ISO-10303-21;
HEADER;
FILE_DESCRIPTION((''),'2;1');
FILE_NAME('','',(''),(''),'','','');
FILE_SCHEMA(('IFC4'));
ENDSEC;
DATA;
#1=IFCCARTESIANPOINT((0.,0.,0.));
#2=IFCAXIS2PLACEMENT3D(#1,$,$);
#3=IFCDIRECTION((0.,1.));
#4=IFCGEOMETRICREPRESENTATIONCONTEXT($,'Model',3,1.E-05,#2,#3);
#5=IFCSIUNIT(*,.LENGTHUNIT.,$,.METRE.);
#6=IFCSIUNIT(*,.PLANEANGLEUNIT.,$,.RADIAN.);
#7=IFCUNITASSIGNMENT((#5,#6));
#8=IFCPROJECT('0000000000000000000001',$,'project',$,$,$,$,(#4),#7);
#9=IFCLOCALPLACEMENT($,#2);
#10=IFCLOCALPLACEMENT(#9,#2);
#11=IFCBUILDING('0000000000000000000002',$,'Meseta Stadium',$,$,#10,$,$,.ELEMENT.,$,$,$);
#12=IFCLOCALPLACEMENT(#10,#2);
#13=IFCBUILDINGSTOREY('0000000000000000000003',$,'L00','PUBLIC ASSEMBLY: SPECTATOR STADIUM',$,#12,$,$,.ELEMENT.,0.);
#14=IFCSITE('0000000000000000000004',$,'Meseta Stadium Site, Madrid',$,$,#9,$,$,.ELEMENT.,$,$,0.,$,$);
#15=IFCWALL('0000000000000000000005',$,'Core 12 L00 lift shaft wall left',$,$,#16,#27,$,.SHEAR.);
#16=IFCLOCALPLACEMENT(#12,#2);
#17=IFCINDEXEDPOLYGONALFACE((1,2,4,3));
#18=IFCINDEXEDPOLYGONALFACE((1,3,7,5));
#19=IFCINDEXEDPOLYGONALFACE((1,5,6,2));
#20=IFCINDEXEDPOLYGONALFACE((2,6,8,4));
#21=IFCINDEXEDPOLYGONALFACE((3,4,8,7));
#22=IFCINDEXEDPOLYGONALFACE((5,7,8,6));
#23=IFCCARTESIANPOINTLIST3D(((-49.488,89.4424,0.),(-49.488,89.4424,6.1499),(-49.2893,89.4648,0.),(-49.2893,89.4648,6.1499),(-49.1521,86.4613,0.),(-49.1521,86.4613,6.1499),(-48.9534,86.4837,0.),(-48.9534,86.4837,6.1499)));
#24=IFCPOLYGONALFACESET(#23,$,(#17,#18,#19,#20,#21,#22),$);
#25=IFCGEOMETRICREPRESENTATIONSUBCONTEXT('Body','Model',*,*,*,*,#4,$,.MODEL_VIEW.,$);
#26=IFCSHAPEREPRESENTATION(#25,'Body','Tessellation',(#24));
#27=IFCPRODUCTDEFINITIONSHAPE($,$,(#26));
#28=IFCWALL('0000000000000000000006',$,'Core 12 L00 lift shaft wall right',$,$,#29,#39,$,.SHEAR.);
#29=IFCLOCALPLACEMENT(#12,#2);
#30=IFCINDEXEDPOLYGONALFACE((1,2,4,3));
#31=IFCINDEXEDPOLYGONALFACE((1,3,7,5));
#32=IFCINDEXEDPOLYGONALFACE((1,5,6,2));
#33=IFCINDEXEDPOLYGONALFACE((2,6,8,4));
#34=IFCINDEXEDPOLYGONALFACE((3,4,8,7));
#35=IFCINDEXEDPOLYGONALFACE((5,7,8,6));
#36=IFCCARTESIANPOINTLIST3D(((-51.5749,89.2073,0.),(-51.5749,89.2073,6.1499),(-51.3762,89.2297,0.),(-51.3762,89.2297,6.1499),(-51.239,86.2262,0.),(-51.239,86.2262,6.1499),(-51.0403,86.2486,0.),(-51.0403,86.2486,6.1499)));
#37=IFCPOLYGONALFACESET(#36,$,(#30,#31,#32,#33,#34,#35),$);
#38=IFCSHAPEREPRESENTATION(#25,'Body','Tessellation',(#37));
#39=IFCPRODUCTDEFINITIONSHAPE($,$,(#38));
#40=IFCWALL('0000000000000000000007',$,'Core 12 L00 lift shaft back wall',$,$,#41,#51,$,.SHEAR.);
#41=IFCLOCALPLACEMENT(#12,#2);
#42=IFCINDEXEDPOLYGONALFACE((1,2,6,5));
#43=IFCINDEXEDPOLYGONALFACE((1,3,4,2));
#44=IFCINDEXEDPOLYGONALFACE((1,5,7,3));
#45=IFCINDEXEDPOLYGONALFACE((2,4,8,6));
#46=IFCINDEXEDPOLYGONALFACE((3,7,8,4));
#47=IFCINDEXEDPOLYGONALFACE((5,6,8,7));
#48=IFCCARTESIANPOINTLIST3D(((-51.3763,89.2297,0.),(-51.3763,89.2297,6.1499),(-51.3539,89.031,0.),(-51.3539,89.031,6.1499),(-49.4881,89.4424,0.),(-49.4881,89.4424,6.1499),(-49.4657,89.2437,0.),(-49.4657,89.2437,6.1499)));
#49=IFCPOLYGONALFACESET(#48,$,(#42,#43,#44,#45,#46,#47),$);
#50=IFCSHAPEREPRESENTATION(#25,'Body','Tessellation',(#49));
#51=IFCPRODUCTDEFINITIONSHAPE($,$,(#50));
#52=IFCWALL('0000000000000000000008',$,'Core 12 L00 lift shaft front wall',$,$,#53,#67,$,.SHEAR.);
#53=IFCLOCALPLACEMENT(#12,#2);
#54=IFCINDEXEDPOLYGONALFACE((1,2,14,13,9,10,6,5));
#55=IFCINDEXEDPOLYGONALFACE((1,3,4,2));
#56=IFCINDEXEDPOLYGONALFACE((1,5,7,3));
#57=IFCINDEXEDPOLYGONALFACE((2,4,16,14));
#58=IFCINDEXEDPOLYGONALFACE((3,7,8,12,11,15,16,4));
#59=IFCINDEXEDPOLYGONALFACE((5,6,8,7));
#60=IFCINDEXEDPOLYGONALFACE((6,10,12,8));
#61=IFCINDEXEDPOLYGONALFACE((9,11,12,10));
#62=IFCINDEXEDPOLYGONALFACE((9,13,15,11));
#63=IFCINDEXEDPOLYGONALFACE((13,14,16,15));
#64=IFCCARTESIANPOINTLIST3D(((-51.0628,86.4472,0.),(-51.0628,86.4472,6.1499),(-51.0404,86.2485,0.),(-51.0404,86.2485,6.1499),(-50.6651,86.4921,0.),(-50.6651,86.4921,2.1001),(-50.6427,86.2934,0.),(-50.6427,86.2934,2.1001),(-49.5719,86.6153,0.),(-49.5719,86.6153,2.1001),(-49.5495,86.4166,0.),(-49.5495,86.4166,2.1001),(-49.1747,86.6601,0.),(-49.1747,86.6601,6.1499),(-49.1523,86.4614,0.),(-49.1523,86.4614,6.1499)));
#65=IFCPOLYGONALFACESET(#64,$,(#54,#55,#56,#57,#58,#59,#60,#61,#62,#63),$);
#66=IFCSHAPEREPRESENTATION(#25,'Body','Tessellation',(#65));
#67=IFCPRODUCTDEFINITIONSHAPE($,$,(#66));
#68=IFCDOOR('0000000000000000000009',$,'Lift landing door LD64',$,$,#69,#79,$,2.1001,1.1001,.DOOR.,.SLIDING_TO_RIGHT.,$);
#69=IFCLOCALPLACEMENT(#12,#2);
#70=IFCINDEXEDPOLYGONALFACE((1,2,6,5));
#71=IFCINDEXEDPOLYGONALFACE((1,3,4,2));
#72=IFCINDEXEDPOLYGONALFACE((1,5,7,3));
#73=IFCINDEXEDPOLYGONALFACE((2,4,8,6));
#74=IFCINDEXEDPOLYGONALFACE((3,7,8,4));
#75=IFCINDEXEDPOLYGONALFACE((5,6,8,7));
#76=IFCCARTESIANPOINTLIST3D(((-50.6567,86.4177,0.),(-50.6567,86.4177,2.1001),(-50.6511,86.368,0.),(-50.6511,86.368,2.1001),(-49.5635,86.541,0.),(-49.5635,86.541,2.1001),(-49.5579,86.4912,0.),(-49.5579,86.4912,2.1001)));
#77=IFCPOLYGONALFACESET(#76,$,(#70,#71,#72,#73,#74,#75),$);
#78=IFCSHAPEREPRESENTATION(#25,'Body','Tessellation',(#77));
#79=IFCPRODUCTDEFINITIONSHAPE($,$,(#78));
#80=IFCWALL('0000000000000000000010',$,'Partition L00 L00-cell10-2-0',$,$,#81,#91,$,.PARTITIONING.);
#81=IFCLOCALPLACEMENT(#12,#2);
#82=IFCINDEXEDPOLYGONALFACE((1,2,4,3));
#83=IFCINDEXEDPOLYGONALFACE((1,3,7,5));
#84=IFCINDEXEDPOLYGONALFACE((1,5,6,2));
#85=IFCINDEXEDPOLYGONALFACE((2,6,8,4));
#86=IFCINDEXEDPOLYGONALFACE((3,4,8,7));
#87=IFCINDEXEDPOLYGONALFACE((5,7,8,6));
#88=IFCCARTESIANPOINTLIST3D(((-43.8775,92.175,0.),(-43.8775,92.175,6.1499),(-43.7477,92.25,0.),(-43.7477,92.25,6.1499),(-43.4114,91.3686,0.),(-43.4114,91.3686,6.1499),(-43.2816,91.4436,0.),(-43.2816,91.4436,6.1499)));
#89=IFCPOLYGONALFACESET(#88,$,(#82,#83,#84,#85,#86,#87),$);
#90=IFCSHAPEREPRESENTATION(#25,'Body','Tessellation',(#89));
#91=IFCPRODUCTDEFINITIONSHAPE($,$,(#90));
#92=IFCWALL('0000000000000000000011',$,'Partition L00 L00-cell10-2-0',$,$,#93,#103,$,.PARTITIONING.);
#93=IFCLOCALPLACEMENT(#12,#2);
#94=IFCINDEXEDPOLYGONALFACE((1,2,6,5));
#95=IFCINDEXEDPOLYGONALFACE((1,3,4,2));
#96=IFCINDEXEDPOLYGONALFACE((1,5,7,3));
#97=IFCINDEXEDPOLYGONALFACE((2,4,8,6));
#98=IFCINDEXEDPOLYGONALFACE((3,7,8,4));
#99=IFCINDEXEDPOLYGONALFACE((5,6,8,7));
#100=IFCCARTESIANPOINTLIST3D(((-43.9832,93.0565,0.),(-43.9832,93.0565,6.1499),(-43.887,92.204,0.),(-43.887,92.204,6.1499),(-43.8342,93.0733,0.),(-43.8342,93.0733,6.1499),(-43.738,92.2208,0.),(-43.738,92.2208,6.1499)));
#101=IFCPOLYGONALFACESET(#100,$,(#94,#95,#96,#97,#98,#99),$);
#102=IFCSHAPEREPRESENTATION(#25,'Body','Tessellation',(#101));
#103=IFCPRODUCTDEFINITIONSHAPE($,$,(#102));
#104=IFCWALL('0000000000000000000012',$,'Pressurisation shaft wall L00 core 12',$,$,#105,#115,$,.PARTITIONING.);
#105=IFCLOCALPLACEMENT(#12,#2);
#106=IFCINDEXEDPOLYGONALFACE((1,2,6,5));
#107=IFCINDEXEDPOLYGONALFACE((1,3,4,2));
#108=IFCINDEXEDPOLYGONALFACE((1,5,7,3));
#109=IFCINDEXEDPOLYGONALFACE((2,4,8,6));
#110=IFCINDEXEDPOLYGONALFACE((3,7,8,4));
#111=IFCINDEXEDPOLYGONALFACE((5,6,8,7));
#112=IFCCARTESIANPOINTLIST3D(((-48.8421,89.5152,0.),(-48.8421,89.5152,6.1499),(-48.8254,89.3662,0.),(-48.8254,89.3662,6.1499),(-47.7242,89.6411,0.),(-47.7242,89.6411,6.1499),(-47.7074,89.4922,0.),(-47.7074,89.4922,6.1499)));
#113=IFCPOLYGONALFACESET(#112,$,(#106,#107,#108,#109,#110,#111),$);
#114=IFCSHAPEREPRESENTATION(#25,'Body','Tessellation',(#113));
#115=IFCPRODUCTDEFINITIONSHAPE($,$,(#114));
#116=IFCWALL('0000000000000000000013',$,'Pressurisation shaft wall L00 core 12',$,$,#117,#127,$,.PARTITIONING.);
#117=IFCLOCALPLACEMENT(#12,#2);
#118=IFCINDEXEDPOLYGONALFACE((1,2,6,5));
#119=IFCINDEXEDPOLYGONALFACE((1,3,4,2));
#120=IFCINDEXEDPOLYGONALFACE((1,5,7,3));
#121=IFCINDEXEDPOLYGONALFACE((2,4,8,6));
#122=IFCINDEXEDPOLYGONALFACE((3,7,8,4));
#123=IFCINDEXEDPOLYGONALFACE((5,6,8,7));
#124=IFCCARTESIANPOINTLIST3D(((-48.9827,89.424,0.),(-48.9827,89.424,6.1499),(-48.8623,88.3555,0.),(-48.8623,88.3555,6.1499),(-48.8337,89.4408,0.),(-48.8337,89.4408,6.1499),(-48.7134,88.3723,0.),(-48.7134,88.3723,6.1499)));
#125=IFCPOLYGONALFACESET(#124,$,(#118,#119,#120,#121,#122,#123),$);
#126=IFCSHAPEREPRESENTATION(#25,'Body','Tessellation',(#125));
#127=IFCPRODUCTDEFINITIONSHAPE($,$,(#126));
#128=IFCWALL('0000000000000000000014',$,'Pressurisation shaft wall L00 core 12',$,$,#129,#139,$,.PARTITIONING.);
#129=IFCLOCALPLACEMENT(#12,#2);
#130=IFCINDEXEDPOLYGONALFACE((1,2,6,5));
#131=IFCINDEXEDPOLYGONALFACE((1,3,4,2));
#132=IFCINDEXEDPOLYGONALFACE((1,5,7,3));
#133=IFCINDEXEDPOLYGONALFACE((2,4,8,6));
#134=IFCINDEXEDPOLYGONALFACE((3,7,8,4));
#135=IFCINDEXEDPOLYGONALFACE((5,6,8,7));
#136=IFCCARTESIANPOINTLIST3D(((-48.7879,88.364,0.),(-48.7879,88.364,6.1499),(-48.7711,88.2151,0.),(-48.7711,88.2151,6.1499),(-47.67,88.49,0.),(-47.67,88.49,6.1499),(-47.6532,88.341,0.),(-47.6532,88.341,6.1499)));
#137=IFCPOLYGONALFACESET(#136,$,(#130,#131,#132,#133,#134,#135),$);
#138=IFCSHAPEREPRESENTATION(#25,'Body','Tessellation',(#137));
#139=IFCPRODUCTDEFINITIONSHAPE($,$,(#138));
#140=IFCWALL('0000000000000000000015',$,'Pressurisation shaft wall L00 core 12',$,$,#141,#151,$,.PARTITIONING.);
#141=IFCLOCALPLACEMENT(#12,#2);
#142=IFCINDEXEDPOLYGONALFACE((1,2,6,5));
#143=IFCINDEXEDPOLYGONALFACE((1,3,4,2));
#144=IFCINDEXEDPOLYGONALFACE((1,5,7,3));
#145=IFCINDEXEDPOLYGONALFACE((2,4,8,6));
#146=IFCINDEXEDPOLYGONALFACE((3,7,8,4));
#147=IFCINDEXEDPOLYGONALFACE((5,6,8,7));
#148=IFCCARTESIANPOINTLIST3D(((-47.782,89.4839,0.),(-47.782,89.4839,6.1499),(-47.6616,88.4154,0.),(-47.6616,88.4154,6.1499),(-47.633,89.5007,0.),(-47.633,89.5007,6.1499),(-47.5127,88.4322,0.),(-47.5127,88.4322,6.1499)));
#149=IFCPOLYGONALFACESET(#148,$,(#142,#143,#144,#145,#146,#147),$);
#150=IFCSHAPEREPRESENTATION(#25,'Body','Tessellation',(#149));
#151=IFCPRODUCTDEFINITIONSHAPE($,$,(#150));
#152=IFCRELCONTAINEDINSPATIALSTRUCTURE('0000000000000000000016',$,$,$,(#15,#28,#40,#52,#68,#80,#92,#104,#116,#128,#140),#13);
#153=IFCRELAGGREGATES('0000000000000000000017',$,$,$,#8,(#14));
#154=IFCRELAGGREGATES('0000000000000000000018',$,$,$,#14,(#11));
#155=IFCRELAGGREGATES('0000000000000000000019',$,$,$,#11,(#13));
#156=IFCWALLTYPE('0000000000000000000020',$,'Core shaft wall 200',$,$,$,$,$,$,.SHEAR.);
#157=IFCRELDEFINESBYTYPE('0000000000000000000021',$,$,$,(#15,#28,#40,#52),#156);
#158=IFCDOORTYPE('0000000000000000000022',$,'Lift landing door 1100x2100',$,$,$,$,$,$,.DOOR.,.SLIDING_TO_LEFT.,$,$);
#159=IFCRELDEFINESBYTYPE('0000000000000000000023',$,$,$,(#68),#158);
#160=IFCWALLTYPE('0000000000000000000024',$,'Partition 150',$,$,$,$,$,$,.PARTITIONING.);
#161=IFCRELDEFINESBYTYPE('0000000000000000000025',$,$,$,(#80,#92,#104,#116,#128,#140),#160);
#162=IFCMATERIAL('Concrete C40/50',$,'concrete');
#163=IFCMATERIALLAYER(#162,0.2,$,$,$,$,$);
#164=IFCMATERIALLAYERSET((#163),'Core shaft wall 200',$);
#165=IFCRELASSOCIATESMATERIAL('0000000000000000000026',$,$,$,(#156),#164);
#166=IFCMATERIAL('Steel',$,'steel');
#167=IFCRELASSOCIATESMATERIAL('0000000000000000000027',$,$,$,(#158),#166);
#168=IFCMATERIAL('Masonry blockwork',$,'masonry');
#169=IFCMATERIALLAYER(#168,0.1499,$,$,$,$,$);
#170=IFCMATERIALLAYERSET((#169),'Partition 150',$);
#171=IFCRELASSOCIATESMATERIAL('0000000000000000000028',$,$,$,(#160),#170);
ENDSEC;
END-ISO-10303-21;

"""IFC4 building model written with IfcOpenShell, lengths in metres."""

from ifc_helpers import new_model, si_unit, direction, frame, frame_2d, origin, place, context, subcontext, project, spatial, rectangle, extrude, material, layer, layer_set, type_object, element, fill, save


model = new_model("IFC4")

# Units and contexts
model_context = context("Model", 3, precision=1e-05, world=origin(), true_north=direction((0.0, 1.0)))
body_context = subcontext(model_context, "Body", "Model", "MODEL_VIEW")
ifc_project = project(units=[si_unit("LENGTHUNIT", "METRE"), si_unit("PLANEANGLEUNIT", "RADIAN")], contexts=[model_context])

# Site, building, storey
site_placement = place(None, origin())
site = spatial("IfcSite", under=ifc_project, at=site_placement, Name="Meseta Stadium Site, Madrid", CompositionType="ELEMENT", RefElevation=0.0)
building_placement = place(site_placement, origin())
building = spatial("IfcBuilding", under=site, at=building_placement, Name="Meseta Stadium", CompositionType="ELEMENT")
storey_placement = place(building_placement, origin())
storey = spatial("IfcBuildingStorey", under=building, at=storey_placement, Name="L00", Description="PUBLIC ASSEMBLY: SPECTATOR STADIUM", CompositionType="ELEMENT", Elevation=0.0)

# Shared definitions
ifc_material_1 = material(Name="Concrete C40/50", Category="concrete")
ifc_layer_1 = layer(ifc_material_1, 0.2)
ifc_layer_set_1 = layer_set([ifc_layer_1], Name="Core shaft wall 200")
wall_type_1 = type_object("IfcWallType", Name="Core shaft wall 200", PredefinedType="SHEAR", material=ifc_layer_set_1)

# Walls
for number, where, z_axis, x_axis, name in (
    (1, (-49.3887, 89.4536, 0.0), (0.0, 0.0, 1.0), (0.111977, -0.993711, 0.0), "Core 12 L00 lift shaft wall left"),
    (2, (-51.4756, 89.2185, 0.0), (0.0, 0.0, 1.0), (0.111977, -0.993711, 0.0), "Core 12 L00 lift shaft wall right"),
):
    element("IfcWall", number, at=place(storey_placement, frame(where, z_axis=z_axis, x_axis=x_axis)), inside=storey, type_object=wall_type_1, Name=name, PredefinedType="SHEAR", context=body_context, shape_type="SweptSolid", body=[
        extrude(rectangle(XDim=3.0, YDim=0.2, at=frame_2d((1.5, 0.0))), origin(), (0.0, 0.0, 1.0), 6.1499),
    ])
wall_1_placement = place(storey_placement, frame((-49.4768, 89.343, 0.0), z_axis=(0.0, 0.0, 1.0), x_axis=(-0.993718, -0.111912, 0.0)))
element("IfcWall", 3, at=wall_1_placement, inside=storey, type_object=wall_type_1, Name="Core 12 L00 lift shaft back wall", PredefinedType="SHEAR", context=body_context, shape_type="SweptSolid", body=[
    extrude(rectangle(XDim=1.9001, YDim=0.2, at=frame_2d((0.9502, 0.0))), origin(), (0.0, 0.0, 1.0), 6.1499),
])

# Wall, opening, door
wall_2_placement = place(storey_placement, frame((-49.1633, 86.5608, 0.0), z_axis=(0.0, 0.0, 1.0), x_axis=(-0.993704, -0.112039, 0.0)))
wall_2 = element("IfcWall", 4, at=wall_2_placement, inside=storey, type_object=wall_type_1, Name="Core 12 L00 lift shaft front wall", PredefinedType="SHEAR", context=body_context, shape_type="SweptSolid", body=[
    extrude(rectangle(XDim=1.9001, YDim=0.2, at=frame_2d((0.9502, 0.0))), origin(), (0.0, 0.0, 1.0), 6.1499),
])
opening_1_placement = place(wall_2_placement, frame((0.3999, 0.0, 0.0)))
opening_1 = element("IfcOpeningElement", 5, at=opening_1_placement, cuts=wall_2, PredefinedType="OPENING", context=body_context, shape_type="SweptSolid", body=[
    extrude(rectangle(XDim=1.1001, YDim=2.1001, at=frame_2d((0.55, 1.05))), frame((0.0, 0.1099, 0.0), z_axis=(0.0, -1.0, 0.0), x_axis=(1.0, 0.0, 0.0)), (0.0, 0.0, 1.0), 0.22),
])
ifc_material_2 = material(Name="Steel", Category="steel")
door_type_1 = type_object("IfcDoorType", Name="Lift landing door 1100x2100", OperationType="SLIDING_TO_LEFT", PredefinedType="DOOR", material=ifc_material_2)
door_1_placement = place(opening_1_placement, origin())
door_1 = element("IfcDoor", 6, at=door_1_placement, inside=storey, type_object=door_type_1, Name="Lift landing door LD64", OperationType="SLIDING_TO_RIGHT", OverallHeight=2.1001, OverallWidth=1.1001, PredefinedType="DOOR", context=body_context, shape_type="SweptSolid", body=[
    extrude(rectangle(XDim=1.1001, YDim=2.1001, at=frame_2d((0.55, 1.05))), frame((0.0, 0.0249, 0.0), z_axis=(0.0, -1.0, 0.0), x_axis=(1.0, 0.0, 0.0)), (0.0, 0.0, 1.0), 0.05),
])
fill(opening_1, door_1)

# Walls
ifc_material_3 = material(Name="Masonry blockwork", Category="masonry")
ifc_layer_2 = layer(ifc_material_3, 0.1499)
ifc_layer_set_2 = layer_set([ifc_layer_2], Name="Partition 150")
wall_type_2 = type_object("IfcWallType", Name="Partition 150", PredefinedType="PARTITIONING", material=ifc_layer_set_2)
wall_3_placement = place(storey_placement, frame((-43.3464, 91.406, 0.0), z_axis=(0.0, 0.0, 1.0), x_axis=(-0.500396, 0.865797, 0.0)))
element("IfcWall", 7, at=wall_3_placement, inside=storey, type_object=wall_type_2, Name="Partition L00 L00-cell10-2-0", PredefinedType="PARTITIONING", context=body_context, shape_type="SweptSolid", body=[
    extrude(rectangle(XDim=0.9314, YDim=0.1499, at=frame_2d((0.4658, 0.0))), origin(), (0.0, 0.0, 1.0), 6.1499),
])
wall_4_placement = place(storey_placement, frame((-43.8125, 92.2124, 0.0), z_axis=(0.0, 0.0, 1.0), x_axis=(-0.112118, 0.993695, 0.0)))
element("IfcWall", 8, at=wall_4_placement, inside=storey, type_object=wall_type_2, Name="Partition L00 L00-cell10-2-0", PredefinedType="PARTITIONING", context=body_context, shape_type="SweptSolid", body=[
    extrude(rectangle(XDim=0.8579, YDim=0.1499, at=frame_2d((0.429, 0.0))), origin(), (0.0, 0.0, 1.0), 6.1499),
])
wall_5_placement = place(storey_placement, frame((-47.7158, 89.5667, 0.0), z_axis=(0.0, 0.0, 1.0), x_axis=(-0.993711, -0.11198, 0.0)))
element("IfcWall", 9, at=wall_5_placement, inside=storey, type_object=wall_type_2, Name="Pressurisation shaft wall L00 core 12", PredefinedType="PARTITIONING", context=body_context, shape_type="SweptSolid", body=[
    extrude(rectangle(XDim=1.125, YDim=0.1499, at=frame_2d((0.5625, 0.0))), origin(), (0.0, 0.0, 1.0), 6.1499),
])
wall_6_placement = place(storey_placement, frame((-48.9082, 89.4324, 0.0), z_axis=(0.0, 0.0, 1.0), x_axis=(0.111952, -0.993714, 0.0)))
element("IfcWall", 10, at=wall_6_placement, inside=storey, type_object=wall_type_2, Name="Pressurisation shaft wall L00 core 12", PredefinedType="PARTITIONING", context=body_context, shape_type="SweptSolid", body=[
    extrude(rectangle(XDim=1.0752, YDim=0.1499, at=frame_2d((0.5376, 0.0))), origin(), (0.0, 0.0, 1.0), 6.1499),
])
wall_7_placement = place(storey_placement, frame((-48.7795, 88.2896, 0.0), z_axis=(0.0, 0.0, 1.0), x_axis=(0.993711, 0.11198, 0.0)))
element("IfcWall", 11, at=wall_7_placement, inside=storey, type_object=wall_type_2, Name="Pressurisation shaft wall L00 core 12", PredefinedType="PARTITIONING", context=body_context, shape_type="SweptSolid", body=[
    extrude(rectangle(XDim=1.125, YDim=0.1499, at=frame_2d((0.5625, 0.0))), origin(), (0.0, 0.0, 1.0), 6.1499),
])
wall_8_placement = place(storey_placement, frame((-47.5872, 88.4238, 0.0), z_axis=(0.0, 0.0, 1.0), x_axis=(-0.111952, 0.993714, 0.0)))
element("IfcWall", 12, at=wall_8_placement, inside=storey, type_object=wall_type_2, Name="Pressurisation shaft wall L00 core 12", PredefinedType="PARTITIONING", context=body_context, shape_type="SweptSolid", body=[
    extrude(rectangle(XDim=1.0752, YDim=0.1499, at=frame_2d((0.5376, 0.0))), origin(), (0.0, 0.0, 1.0), 6.1499),
])

save(model, "model.ifc")
